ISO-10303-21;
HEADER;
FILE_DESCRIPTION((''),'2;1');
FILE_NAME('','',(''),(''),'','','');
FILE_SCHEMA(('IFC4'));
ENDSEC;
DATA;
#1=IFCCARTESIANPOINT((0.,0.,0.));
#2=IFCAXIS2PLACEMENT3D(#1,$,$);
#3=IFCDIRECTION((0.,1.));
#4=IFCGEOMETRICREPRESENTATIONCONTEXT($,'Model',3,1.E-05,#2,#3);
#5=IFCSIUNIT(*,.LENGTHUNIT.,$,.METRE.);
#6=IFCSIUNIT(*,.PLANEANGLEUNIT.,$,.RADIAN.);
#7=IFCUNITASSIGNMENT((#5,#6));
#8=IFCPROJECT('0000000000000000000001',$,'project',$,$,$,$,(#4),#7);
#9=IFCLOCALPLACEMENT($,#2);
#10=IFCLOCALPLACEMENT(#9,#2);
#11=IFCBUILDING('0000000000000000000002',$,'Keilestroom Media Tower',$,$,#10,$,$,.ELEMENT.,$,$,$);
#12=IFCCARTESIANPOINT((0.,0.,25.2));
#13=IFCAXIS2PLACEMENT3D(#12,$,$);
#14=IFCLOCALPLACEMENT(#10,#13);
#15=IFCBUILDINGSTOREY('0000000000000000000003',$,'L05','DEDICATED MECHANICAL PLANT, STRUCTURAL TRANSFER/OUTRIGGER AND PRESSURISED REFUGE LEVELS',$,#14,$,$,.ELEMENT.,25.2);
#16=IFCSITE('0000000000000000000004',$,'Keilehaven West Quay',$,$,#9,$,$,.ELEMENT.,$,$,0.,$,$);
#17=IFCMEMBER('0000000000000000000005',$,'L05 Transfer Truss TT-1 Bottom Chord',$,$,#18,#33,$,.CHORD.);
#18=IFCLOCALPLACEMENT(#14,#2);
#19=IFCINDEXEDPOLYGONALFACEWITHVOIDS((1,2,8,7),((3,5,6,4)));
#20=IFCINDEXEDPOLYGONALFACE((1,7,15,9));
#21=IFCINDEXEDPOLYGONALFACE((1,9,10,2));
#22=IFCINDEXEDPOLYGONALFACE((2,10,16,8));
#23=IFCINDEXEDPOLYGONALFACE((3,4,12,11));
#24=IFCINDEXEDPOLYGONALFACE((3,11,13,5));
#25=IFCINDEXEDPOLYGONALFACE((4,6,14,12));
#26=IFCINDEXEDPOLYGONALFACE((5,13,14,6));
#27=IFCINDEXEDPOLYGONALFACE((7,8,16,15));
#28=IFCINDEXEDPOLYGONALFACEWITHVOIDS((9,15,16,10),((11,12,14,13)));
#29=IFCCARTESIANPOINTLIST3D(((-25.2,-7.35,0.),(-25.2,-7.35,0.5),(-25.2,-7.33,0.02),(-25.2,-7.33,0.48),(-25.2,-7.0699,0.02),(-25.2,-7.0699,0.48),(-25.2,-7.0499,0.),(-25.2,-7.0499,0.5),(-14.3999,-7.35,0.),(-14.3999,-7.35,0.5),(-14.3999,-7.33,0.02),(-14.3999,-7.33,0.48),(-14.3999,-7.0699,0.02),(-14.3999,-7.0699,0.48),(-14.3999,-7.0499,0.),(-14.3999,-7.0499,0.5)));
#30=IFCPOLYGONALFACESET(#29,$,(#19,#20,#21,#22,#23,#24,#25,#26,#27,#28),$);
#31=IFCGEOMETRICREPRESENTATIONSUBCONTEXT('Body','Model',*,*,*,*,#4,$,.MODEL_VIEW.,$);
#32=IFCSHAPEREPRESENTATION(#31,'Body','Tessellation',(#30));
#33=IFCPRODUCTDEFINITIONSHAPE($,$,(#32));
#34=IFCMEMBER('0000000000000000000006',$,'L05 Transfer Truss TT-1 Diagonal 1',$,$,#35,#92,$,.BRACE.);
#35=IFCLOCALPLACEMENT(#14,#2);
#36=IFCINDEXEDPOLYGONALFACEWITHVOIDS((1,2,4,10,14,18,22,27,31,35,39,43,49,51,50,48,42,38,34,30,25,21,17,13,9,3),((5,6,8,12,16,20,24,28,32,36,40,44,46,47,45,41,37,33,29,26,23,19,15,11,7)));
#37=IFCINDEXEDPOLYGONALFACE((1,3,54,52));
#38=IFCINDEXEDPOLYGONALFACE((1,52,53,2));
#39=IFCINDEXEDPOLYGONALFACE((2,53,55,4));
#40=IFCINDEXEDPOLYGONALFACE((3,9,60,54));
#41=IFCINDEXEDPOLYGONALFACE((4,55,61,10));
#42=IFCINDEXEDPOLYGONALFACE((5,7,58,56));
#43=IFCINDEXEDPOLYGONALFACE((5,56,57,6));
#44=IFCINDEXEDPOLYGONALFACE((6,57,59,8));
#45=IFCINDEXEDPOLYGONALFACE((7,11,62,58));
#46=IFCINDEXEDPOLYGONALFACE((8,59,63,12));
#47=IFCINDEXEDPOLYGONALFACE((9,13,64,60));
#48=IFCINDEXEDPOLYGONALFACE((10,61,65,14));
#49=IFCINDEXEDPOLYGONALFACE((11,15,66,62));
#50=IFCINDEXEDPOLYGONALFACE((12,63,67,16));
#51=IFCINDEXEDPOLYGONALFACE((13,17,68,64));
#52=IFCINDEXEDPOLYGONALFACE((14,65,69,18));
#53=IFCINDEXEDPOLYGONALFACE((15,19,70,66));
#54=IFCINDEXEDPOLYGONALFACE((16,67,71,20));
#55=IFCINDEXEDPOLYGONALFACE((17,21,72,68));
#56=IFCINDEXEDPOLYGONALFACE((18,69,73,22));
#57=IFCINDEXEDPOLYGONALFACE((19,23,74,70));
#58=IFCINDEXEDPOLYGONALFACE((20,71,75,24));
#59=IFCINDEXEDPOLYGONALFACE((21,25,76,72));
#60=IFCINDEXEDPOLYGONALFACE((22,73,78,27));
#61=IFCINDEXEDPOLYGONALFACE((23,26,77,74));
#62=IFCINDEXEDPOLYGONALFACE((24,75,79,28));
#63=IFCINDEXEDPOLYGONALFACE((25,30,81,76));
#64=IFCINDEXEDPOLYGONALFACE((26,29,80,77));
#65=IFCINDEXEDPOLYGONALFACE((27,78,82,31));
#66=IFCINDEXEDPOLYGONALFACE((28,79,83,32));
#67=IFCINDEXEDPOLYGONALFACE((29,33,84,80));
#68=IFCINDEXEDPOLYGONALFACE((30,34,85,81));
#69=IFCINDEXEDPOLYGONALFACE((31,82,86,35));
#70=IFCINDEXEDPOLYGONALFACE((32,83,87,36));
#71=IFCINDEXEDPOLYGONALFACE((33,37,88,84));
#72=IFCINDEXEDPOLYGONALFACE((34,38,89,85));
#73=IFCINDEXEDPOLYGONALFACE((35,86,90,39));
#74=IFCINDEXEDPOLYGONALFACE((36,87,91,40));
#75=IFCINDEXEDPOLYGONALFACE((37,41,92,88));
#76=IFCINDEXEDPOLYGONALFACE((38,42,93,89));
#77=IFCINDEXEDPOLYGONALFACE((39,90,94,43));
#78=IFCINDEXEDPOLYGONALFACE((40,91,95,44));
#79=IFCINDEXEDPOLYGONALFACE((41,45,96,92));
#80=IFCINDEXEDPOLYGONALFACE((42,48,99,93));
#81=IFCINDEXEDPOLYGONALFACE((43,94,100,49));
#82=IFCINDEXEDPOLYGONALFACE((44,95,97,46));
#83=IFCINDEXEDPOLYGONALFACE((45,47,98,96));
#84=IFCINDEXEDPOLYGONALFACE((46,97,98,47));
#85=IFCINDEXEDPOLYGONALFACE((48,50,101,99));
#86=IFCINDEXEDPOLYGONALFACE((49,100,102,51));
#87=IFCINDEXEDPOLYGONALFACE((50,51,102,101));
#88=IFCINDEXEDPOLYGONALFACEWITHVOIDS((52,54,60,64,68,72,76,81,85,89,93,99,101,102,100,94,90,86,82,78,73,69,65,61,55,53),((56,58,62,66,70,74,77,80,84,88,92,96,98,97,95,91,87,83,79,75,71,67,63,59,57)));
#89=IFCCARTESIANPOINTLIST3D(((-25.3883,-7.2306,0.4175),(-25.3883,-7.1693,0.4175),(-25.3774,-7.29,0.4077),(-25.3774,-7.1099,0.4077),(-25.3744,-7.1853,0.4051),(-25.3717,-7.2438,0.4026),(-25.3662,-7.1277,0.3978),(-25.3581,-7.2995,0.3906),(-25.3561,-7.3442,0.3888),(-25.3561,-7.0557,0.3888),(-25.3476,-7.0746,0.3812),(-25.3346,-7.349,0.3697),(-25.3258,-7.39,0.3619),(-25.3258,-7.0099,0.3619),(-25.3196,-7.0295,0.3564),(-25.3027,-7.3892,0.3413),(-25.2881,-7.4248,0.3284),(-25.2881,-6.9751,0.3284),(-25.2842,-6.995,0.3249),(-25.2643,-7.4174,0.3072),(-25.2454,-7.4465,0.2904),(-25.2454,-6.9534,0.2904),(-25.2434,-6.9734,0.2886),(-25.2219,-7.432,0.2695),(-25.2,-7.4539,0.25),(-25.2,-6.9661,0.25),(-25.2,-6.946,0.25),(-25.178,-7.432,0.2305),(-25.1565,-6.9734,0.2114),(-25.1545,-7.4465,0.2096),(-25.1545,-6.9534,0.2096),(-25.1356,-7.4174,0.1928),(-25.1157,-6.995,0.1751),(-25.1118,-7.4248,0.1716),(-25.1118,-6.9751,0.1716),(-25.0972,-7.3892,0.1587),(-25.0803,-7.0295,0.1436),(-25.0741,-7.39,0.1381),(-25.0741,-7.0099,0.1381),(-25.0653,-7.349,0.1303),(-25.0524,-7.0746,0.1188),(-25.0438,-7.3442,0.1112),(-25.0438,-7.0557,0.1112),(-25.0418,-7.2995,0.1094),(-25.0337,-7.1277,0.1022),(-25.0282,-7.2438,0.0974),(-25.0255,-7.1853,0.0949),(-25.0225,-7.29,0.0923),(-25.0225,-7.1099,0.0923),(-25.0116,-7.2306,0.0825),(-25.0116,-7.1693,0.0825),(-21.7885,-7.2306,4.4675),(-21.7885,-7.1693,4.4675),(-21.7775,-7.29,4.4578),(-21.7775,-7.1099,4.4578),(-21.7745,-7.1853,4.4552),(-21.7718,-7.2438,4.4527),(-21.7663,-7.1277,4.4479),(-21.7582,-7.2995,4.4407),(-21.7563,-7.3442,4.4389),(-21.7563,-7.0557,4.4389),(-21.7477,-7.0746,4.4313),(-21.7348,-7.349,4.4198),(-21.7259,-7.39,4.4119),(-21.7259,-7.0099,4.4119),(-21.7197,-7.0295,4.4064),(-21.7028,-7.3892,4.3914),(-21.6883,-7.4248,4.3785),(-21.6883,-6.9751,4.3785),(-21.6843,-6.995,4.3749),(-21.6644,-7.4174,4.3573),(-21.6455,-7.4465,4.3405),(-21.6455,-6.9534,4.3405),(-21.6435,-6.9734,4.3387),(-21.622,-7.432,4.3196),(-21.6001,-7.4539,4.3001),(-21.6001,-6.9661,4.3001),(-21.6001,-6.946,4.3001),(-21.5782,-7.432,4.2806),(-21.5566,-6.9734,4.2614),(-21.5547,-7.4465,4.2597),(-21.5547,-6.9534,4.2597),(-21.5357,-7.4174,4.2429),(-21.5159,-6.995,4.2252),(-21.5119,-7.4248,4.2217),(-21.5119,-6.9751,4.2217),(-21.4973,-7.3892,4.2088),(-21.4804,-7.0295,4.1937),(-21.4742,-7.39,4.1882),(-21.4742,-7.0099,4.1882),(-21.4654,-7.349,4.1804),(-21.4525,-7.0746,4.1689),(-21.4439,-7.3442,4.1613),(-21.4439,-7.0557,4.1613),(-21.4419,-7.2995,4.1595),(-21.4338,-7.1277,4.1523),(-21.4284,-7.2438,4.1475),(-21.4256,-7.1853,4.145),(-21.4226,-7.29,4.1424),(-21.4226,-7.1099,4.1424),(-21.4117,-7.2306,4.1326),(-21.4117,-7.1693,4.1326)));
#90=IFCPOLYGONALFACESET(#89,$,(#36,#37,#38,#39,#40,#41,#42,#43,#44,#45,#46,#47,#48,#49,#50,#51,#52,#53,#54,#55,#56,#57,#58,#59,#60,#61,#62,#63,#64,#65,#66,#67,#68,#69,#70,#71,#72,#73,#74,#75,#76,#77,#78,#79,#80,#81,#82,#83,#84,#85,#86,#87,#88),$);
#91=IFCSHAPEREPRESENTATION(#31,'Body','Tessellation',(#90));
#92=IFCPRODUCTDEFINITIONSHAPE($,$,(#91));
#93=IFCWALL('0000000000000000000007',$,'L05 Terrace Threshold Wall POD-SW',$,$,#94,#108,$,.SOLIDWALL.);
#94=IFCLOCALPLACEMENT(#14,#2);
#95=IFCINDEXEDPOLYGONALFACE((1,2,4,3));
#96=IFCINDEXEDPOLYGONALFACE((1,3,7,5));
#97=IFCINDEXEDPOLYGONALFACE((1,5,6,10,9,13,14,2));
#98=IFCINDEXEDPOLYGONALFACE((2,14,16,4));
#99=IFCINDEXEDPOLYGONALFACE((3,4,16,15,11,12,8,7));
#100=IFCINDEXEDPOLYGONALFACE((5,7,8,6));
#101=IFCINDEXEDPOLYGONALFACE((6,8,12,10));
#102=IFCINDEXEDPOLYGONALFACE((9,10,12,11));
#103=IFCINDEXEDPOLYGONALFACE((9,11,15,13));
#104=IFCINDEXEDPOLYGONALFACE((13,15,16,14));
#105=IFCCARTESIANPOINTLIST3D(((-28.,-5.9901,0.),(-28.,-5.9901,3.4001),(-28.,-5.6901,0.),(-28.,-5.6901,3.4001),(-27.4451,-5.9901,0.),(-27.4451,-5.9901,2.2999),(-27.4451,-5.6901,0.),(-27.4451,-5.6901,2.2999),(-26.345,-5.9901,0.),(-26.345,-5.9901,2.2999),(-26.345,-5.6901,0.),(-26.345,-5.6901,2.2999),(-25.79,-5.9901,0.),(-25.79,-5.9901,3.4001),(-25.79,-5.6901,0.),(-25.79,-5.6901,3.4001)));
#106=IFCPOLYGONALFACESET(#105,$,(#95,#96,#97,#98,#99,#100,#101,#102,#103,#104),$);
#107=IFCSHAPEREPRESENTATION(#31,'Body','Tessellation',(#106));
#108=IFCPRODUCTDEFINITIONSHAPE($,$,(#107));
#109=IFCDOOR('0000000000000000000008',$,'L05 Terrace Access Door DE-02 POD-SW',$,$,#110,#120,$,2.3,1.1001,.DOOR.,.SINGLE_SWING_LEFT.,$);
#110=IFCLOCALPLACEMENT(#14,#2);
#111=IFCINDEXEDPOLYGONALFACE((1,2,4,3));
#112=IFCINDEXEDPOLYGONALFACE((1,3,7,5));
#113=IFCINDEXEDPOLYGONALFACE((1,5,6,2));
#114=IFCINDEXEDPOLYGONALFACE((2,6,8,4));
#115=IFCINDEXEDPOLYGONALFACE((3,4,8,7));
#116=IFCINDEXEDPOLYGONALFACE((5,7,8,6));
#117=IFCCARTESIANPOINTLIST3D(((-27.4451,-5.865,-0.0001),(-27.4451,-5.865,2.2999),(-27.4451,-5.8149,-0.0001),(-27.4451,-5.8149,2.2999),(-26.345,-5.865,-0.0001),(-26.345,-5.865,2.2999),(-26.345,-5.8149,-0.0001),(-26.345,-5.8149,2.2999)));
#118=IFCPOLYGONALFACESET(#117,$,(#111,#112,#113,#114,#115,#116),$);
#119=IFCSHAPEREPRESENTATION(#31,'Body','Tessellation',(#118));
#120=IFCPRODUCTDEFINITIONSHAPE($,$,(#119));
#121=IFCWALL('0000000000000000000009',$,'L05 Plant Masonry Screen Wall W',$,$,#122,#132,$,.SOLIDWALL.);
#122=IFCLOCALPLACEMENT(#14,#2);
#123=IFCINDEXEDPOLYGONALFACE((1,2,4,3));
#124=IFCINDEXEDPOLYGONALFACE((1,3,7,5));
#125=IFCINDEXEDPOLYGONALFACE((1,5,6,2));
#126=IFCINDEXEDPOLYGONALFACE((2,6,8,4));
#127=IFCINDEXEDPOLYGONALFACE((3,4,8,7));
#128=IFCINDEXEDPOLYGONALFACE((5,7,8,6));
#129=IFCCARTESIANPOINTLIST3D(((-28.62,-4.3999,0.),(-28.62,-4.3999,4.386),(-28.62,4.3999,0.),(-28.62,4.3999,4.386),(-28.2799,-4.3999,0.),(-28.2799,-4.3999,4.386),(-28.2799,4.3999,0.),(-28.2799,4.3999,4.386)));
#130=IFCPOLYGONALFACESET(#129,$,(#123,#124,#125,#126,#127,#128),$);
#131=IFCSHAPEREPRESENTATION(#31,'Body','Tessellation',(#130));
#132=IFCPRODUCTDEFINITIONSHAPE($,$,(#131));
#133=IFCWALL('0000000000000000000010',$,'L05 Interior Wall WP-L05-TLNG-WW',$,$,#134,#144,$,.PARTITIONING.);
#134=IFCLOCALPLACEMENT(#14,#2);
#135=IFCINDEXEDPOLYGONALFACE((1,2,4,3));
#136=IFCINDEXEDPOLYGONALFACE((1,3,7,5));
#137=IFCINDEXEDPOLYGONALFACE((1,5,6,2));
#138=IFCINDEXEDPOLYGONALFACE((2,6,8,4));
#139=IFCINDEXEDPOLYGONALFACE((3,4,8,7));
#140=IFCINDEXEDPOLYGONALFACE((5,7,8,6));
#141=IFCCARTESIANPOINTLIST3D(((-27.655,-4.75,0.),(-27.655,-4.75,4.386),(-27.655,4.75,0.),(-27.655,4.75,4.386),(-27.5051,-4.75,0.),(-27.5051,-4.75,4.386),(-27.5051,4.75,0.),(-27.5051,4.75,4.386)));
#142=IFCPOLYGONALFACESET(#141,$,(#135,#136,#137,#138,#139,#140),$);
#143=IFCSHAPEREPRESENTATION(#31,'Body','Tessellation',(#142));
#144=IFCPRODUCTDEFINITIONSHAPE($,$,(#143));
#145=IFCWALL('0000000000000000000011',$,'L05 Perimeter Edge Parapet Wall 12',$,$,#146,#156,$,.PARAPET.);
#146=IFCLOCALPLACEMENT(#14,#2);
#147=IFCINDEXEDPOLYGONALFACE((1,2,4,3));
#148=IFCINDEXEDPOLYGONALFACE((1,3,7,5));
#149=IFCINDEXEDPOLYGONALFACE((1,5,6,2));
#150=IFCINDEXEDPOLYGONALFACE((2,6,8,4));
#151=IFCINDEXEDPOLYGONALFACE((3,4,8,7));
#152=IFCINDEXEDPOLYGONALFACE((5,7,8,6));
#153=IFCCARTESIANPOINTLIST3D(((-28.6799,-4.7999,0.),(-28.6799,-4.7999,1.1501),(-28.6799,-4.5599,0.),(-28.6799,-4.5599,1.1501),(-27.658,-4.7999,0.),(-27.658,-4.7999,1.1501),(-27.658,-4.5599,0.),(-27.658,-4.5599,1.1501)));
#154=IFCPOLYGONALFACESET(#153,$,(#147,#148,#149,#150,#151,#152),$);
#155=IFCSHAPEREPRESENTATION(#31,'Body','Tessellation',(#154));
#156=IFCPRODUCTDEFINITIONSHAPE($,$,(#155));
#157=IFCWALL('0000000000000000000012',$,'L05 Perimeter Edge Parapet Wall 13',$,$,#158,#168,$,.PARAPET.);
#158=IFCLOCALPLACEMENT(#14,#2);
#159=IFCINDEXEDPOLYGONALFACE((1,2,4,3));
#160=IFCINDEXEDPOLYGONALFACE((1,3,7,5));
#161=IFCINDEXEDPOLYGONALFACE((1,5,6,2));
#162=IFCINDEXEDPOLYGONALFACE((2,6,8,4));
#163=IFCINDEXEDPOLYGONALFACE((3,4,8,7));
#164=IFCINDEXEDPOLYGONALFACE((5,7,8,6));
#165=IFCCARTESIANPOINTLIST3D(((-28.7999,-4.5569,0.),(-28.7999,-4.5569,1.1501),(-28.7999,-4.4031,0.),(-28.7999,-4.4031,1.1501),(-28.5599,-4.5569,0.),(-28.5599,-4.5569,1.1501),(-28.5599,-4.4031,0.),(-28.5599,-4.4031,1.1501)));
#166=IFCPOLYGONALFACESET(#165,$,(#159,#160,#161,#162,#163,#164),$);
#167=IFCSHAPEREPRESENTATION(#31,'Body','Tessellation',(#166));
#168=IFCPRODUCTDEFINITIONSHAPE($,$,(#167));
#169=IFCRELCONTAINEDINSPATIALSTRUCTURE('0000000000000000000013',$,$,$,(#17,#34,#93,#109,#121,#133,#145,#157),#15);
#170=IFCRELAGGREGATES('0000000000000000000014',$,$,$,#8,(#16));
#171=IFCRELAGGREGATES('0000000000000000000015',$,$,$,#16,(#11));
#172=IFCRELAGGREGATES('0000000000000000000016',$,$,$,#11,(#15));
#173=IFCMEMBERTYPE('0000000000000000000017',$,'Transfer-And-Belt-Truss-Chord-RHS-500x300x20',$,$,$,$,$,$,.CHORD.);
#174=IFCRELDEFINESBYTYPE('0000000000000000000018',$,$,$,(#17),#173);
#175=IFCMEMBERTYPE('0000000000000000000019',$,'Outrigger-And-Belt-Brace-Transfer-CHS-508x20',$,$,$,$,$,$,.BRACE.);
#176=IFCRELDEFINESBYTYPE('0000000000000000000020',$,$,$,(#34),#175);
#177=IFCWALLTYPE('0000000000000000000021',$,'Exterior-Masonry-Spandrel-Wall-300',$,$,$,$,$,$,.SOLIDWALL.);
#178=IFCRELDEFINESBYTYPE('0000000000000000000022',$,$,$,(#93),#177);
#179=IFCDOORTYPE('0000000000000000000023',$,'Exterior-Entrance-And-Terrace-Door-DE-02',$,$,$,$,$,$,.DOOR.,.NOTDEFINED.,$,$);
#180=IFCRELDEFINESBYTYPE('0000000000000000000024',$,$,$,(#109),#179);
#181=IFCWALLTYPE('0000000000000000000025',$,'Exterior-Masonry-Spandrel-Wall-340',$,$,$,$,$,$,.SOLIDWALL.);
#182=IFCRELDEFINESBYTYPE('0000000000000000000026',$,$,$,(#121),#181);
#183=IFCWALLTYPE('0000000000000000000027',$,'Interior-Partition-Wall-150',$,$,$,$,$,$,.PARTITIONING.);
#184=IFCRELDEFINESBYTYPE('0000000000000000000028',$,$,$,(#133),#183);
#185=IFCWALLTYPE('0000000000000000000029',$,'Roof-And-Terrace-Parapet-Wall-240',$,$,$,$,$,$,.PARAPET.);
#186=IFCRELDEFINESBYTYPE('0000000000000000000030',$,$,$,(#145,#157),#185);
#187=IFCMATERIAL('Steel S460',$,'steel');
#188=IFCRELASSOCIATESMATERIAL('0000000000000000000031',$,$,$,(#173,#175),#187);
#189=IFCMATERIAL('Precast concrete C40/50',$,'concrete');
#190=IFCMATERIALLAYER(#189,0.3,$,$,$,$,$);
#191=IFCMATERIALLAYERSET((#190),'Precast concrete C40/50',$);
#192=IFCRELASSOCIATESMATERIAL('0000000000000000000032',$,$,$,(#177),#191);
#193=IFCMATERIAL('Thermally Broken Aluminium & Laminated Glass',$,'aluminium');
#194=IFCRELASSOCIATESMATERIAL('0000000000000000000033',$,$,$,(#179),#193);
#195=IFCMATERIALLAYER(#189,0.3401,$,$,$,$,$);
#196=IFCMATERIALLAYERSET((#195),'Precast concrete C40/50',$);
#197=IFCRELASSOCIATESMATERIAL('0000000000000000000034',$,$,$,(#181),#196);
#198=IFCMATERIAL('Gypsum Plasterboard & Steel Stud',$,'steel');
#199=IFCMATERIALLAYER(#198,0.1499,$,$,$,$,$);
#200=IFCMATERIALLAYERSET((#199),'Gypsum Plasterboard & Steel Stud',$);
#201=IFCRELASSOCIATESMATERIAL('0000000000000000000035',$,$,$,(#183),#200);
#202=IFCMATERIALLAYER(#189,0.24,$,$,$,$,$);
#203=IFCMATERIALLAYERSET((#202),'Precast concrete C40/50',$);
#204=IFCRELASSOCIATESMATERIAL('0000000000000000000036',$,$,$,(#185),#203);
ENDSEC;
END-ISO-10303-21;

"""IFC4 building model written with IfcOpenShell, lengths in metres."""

from ifc_helpers import new_model, si_unit, direction, frame, frame_2d, origin, origin_2d, place, context, subcontext, project, spatial, rectangle, hollow_rectangle, hollow_circle, extrude, source, transform, mapped, material, layer, layer_set, material_profile, profile_set, type_object, element, fill, save


model = new_model("IFC4")

# Units and contexts
model_context = context("Model", 3, precision=1e-05, world=origin(), true_north=direction((0.0, 1.0)))
body_context = subcontext(model_context, "Body", "Model", "MODEL_VIEW")
ifc_project = project(units=[si_unit("LENGTHUNIT", "METRE"), si_unit("PLANEANGLEUNIT", "RADIAN")], contexts=[model_context])

# Site, building, storey
site_placement = place(None, origin())
site = spatial("IfcSite", under=ifc_project, at=site_placement, Name="Keilehaven West Quay", CompositionType="ELEMENT", RefElevation=0.0)
building_placement = place(site_placement, origin())
building = spatial("IfcBuilding", under=site, at=building_placement, Name="Keilestroom Media Tower", CompositionType="ELEMENT")
storey_placement = place(building_placement, frame((0.0, 0.0, 25.2)))
storey = spatial("IfcBuildingStorey", under=building, at=storey_placement, Name="L05", Description="DEDICATED MECHANICAL PLANT, STRUCTURAL TRANSFER/OUTRIGGER AND PRESSURISED REFUGE LEVELS", CompositionType="ELEMENT", Elevation=25.2)

# Shared definitions
ifc_material_1 = material(Name="Precast concrete C40/50", Category="concrete")
ifc_material_2 = material(Name="Steel S460", Category="steel")

# Members
ifc_material_profile_1 = material_profile(ifc_material_2, hollow_rectangle(XDim=0.3, YDim=0.5, WallThickness=0.02, at=origin_2d()), Name="RHS 500x300x20")
ifc_profile_set_1 = profile_set([ifc_material_profile_1], Name="Steel S460")
member_type_1 = type_object("IfcMemberType", Name="Transfer-And-Belt-Truss-Chord-RHS-500x300x20", PredefinedType="CHORD", material=ifc_profile_set_1)
shared_shape_1 = source(origin(), body_context, "Body", "SweptSolid", [
    extrude(hollow_rectangle(XDim=0.3, YDim=0.5, WallThickness=0.02, at=origin_2d()), origin(), (0.0, 0.0, 1.0), 10.8),
])
member_1_placement = place(storey_placement, frame((-25.2, -7.2, 0.25), z_axis=(1.0, 0.0, 0.0), x_axis=(0.0, 1.0, 0.0)))
element("IfcMember", 1, at=member_1_placement, inside=storey, type_object=member_type_1, Name="L05 Transfer Truss TT-1 Bottom Chord", PredefinedType="CHORD", context=body_context, shape_type="MappedRepresentation", body=[
    mapped(shared_shape_1, transform((0.0, 0.0, 0.0), x_axis=(1.0, 0.0, 0.0), y_axis=(0.0, 1.0, 0.0), z_axis=(0.0, 0.0, 1.0), scale=1.0)),
])
ifc_material_profile_2 = material_profile(ifc_material_2, hollow_circle(Radius=0.2539, WallThickness=0.02, at=origin_2d()), Name="CHS 508x20")
ifc_profile_set_2 = profile_set([ifc_material_profile_2], Name="Steel S460")
member_type_2 = type_object("IfcMemberType", Name="Outrigger-And-Belt-Brace-Transfer-CHS-508x20", PredefinedType="BRACE", material=ifc_profile_set_2)
shared_shape_2 = source(origin(), body_context, "Body", "SweptSolid", [
    extrude(hollow_circle(Radius=0.2539, WallThickness=0.02, at=origin_2d()), origin(), (0.0, 0.0, 1.0), 5.4187),
])
member_2_placement = place(storey_placement, frame((-25.2, -7.2, 0.25), z_axis=(0.664344, 0.0, 0.747427), x_axis=(0.0, 1.0, 0.0)))
element("IfcMember", 2, at=member_2_placement, inside=storey, type_object=member_type_2, Name="L05 Transfer Truss TT-1 Diagonal 1", PredefinedType="BRACE", context=body_context, shape_type="MappedRepresentation", body=[
    mapped(shared_shape_2, transform((0.0, 0.0, 0.0), x_axis=(1.0, 0.0, 0.0), y_axis=(0.0, 1.0, 0.0), z_axis=(0.0, 0.0, 1.0), scale=1.0)),
])

# Wall, opening, door
ifc_layer_1 = layer(ifc_material_1, 0.3)
ifc_layer_set_1 = layer_set([ifc_layer_1], Name="Precast concrete C40/50")
wall_type_1 = type_object("IfcWallType", Name="Exterior-Masonry-Spandrel-Wall-300", PredefinedType="SOLIDWALL", material=ifc_layer_set_1)
wall_1_placement = place(storey_placement, frame((-28.0, -5.8401, 0.0), z_axis=(0.0, 0.0, 1.0), x_axis=(1.0, 0.0, 0.0)))
wall_1 = element("IfcWall", 3, at=wall_1_placement, inside=storey, type_object=wall_type_1, Name="L05 Terrace Threshold Wall POD-SW", PredefinedType="SOLIDWALL", context=body_context, shape_type="SweptSolid", body=[
    extrude(rectangle(XDim=2.21, YDim=0.3, at=frame_2d((1.105, 0.0))), origin(), (0.0, 0.0, 1.0), 3.4001),
])
opening_placement = place(wall_1_placement, frame((0.5549, 0.0, 0.0)))
opening = element("IfcOpeningElement", 4, at=opening_placement, cuts=wall_1, PredefinedType="OPENING", context=body_context, shape_type="SweptSolid", body=[
    extrude(rectangle(XDim=1.1001, YDim=2.3, at=frame_2d((0.55, 1.1499))), frame((0.0, 0.1602, 0.0), z_axis=(0.0, -1.0, 0.0), x_axis=(1.0, 0.0, 0.0)), (0.0, 0.0, 1.0), 0.3201),
])
ifc_material_3 = material(Name="Thermally Broken Aluminium & Laminated Glass", Category="aluminium")
door_type = type_object("IfcDoorType", Name="Exterior-Entrance-And-Terrace-Door-DE-02", OperationType="NOTDEFINED", PredefinedType="DOOR", material=ifc_material_3)
shared_shape_3 = source(origin(), body_context, "Body", "SweptSolid", [
    extrude(rectangle(XDim=1.1001, YDim=2.3, at=frame_2d((0.55, 1.1499))), frame((0.0, 0.0249, 0.0), z_axis=(0.0, -1.0, 0.0), x_axis=(1.0, 0.0, 0.0)), (0.0, 0.0, 1.0), 0.05),
])
door_placement = place(opening_placement, frame((1.1001, 0.0, 0.0), z_axis=(0.0, 0.0, 1.0), x_axis=(-1.0, 0.0, 0.0)))
door = element("IfcDoor", 5, at=door_placement, inside=storey, type_object=door_type, Name="L05 Terrace Access Door DE-02 POD-SW", OperationType="SINGLE_SWING_LEFT", OverallHeight=2.3, OverallWidth=1.1001, PredefinedType="DOOR", context=body_context, shape_type="MappedRepresentation", body=[
    mapped(shared_shape_3, transform((0.0, 0.0, 0.0), x_axis=(1.0, 0.0, 0.0), y_axis=(0.0, 1.0, 0.0), z_axis=(0.0, 0.0, 1.0), scale=1.0)),
])
fill(opening, door)

# Walls
ifc_layer_2 = layer(ifc_material_1, 0.3401)
ifc_layer_set_2 = layer_set([ifc_layer_2], Name="Precast concrete C40/50")
wall_type_2 = type_object("IfcWallType", Name="Exterior-Masonry-Spandrel-Wall-340", PredefinedType="SOLIDWALL", material=ifc_layer_set_2)
wall_2_placement = place(storey_placement, frame((-28.45, -4.3999, 0.0), z_axis=(0.0, 0.0, 1.0), x_axis=(0.0, 1.0, 0.0)))
element("IfcWall", 6, at=wall_2_placement, inside=storey, type_object=wall_type_2, Name="L05 Plant Masonry Screen Wall W", PredefinedType="SOLIDWALL", context=body_context, shape_type="SweptSolid", body=[
    extrude(rectangle(XDim=8.7998, YDim=0.3401, at=frame_2d((4.3999, 0.0))), origin(), (0.0, 0.0, 1.0), 4.386),
])
ifc_material_4 = material(Name="Gypsum Plasterboard & Steel Stud", Category="steel")
ifc_layer_3 = layer(ifc_material_4, 0.1499)
ifc_layer_set_3 = layer_set([ifc_layer_3], Name="Gypsum Plasterboard & Steel Stud")
wall_type_3 = type_object("IfcWallType", Name="Interior-Partition-Wall-150", PredefinedType="PARTITIONING", material=ifc_layer_set_3)
wall_3_placement = place(storey_placement, frame((-27.5801, -4.75, 0.0), z_axis=(0.0, 0.0, 1.0), x_axis=(0.0, 1.0, 0.0)))
element("IfcWall", 7, at=wall_3_placement, inside=storey, type_object=wall_type_3, Name="L05 Interior Wall WP-L05-TLNG-WW", PredefinedType="PARTITIONING", context=body_context, shape_type="SweptSolid", body=[
    extrude(rectangle(XDim=9.5, YDim=0.1499, at=frame_2d((4.75, 0.0))), origin(), (0.0, 0.0, 1.0), 4.386),
])
ifc_layer_4 = layer(ifc_material_1, 0.24)
ifc_layer_set_4 = layer_set([ifc_layer_4], Name="Precast concrete C40/50")
wall_type_4 = type_object("IfcWallType", Name="Roof-And-Terrace-Parapet-Wall-240", PredefinedType="PARAPET", material=ifc_layer_set_4)
wall_4_placement = place(storey_placement, frame((-27.658, -4.6799, 0.0), z_axis=(0.0, 0.0, 1.0), x_axis=(-1.0, 0.0, 0.0)))
element("IfcWall", 8, at=wall_4_placement, inside=storey, type_object=wall_type_4, Name="L05 Perimeter Edge Parapet Wall 12", PredefinedType="PARAPET", context=body_context, shape_type="SweptSolid", body=[
    extrude(rectangle(XDim=1.022, YDim=0.24, at=frame_2d((0.511, 0.0))), origin(), (0.0, 0.0, 1.0), 1.1501),
])
wall_5_placement = place(storey_placement, frame((-28.6799, -4.5569, 0.0), z_axis=(0.0, 0.0, 1.0), x_axis=(0.0, 1.0, 0.0)))
element("IfcWall", 9, at=wall_5_placement, inside=storey, type_object=wall_type_4, Name="L05 Perimeter Edge Parapet Wall 13", PredefinedType="PARAPET", context=body_context, shape_type="SweptSolid", body=[
    extrude(rectangle(XDim=0.1538, YDim=0.24, at=frame_2d((0.0769, 0.0))), origin(), (0.0, 0.0, 1.0), 1.1501),
])

save(model, "model.ifc")
